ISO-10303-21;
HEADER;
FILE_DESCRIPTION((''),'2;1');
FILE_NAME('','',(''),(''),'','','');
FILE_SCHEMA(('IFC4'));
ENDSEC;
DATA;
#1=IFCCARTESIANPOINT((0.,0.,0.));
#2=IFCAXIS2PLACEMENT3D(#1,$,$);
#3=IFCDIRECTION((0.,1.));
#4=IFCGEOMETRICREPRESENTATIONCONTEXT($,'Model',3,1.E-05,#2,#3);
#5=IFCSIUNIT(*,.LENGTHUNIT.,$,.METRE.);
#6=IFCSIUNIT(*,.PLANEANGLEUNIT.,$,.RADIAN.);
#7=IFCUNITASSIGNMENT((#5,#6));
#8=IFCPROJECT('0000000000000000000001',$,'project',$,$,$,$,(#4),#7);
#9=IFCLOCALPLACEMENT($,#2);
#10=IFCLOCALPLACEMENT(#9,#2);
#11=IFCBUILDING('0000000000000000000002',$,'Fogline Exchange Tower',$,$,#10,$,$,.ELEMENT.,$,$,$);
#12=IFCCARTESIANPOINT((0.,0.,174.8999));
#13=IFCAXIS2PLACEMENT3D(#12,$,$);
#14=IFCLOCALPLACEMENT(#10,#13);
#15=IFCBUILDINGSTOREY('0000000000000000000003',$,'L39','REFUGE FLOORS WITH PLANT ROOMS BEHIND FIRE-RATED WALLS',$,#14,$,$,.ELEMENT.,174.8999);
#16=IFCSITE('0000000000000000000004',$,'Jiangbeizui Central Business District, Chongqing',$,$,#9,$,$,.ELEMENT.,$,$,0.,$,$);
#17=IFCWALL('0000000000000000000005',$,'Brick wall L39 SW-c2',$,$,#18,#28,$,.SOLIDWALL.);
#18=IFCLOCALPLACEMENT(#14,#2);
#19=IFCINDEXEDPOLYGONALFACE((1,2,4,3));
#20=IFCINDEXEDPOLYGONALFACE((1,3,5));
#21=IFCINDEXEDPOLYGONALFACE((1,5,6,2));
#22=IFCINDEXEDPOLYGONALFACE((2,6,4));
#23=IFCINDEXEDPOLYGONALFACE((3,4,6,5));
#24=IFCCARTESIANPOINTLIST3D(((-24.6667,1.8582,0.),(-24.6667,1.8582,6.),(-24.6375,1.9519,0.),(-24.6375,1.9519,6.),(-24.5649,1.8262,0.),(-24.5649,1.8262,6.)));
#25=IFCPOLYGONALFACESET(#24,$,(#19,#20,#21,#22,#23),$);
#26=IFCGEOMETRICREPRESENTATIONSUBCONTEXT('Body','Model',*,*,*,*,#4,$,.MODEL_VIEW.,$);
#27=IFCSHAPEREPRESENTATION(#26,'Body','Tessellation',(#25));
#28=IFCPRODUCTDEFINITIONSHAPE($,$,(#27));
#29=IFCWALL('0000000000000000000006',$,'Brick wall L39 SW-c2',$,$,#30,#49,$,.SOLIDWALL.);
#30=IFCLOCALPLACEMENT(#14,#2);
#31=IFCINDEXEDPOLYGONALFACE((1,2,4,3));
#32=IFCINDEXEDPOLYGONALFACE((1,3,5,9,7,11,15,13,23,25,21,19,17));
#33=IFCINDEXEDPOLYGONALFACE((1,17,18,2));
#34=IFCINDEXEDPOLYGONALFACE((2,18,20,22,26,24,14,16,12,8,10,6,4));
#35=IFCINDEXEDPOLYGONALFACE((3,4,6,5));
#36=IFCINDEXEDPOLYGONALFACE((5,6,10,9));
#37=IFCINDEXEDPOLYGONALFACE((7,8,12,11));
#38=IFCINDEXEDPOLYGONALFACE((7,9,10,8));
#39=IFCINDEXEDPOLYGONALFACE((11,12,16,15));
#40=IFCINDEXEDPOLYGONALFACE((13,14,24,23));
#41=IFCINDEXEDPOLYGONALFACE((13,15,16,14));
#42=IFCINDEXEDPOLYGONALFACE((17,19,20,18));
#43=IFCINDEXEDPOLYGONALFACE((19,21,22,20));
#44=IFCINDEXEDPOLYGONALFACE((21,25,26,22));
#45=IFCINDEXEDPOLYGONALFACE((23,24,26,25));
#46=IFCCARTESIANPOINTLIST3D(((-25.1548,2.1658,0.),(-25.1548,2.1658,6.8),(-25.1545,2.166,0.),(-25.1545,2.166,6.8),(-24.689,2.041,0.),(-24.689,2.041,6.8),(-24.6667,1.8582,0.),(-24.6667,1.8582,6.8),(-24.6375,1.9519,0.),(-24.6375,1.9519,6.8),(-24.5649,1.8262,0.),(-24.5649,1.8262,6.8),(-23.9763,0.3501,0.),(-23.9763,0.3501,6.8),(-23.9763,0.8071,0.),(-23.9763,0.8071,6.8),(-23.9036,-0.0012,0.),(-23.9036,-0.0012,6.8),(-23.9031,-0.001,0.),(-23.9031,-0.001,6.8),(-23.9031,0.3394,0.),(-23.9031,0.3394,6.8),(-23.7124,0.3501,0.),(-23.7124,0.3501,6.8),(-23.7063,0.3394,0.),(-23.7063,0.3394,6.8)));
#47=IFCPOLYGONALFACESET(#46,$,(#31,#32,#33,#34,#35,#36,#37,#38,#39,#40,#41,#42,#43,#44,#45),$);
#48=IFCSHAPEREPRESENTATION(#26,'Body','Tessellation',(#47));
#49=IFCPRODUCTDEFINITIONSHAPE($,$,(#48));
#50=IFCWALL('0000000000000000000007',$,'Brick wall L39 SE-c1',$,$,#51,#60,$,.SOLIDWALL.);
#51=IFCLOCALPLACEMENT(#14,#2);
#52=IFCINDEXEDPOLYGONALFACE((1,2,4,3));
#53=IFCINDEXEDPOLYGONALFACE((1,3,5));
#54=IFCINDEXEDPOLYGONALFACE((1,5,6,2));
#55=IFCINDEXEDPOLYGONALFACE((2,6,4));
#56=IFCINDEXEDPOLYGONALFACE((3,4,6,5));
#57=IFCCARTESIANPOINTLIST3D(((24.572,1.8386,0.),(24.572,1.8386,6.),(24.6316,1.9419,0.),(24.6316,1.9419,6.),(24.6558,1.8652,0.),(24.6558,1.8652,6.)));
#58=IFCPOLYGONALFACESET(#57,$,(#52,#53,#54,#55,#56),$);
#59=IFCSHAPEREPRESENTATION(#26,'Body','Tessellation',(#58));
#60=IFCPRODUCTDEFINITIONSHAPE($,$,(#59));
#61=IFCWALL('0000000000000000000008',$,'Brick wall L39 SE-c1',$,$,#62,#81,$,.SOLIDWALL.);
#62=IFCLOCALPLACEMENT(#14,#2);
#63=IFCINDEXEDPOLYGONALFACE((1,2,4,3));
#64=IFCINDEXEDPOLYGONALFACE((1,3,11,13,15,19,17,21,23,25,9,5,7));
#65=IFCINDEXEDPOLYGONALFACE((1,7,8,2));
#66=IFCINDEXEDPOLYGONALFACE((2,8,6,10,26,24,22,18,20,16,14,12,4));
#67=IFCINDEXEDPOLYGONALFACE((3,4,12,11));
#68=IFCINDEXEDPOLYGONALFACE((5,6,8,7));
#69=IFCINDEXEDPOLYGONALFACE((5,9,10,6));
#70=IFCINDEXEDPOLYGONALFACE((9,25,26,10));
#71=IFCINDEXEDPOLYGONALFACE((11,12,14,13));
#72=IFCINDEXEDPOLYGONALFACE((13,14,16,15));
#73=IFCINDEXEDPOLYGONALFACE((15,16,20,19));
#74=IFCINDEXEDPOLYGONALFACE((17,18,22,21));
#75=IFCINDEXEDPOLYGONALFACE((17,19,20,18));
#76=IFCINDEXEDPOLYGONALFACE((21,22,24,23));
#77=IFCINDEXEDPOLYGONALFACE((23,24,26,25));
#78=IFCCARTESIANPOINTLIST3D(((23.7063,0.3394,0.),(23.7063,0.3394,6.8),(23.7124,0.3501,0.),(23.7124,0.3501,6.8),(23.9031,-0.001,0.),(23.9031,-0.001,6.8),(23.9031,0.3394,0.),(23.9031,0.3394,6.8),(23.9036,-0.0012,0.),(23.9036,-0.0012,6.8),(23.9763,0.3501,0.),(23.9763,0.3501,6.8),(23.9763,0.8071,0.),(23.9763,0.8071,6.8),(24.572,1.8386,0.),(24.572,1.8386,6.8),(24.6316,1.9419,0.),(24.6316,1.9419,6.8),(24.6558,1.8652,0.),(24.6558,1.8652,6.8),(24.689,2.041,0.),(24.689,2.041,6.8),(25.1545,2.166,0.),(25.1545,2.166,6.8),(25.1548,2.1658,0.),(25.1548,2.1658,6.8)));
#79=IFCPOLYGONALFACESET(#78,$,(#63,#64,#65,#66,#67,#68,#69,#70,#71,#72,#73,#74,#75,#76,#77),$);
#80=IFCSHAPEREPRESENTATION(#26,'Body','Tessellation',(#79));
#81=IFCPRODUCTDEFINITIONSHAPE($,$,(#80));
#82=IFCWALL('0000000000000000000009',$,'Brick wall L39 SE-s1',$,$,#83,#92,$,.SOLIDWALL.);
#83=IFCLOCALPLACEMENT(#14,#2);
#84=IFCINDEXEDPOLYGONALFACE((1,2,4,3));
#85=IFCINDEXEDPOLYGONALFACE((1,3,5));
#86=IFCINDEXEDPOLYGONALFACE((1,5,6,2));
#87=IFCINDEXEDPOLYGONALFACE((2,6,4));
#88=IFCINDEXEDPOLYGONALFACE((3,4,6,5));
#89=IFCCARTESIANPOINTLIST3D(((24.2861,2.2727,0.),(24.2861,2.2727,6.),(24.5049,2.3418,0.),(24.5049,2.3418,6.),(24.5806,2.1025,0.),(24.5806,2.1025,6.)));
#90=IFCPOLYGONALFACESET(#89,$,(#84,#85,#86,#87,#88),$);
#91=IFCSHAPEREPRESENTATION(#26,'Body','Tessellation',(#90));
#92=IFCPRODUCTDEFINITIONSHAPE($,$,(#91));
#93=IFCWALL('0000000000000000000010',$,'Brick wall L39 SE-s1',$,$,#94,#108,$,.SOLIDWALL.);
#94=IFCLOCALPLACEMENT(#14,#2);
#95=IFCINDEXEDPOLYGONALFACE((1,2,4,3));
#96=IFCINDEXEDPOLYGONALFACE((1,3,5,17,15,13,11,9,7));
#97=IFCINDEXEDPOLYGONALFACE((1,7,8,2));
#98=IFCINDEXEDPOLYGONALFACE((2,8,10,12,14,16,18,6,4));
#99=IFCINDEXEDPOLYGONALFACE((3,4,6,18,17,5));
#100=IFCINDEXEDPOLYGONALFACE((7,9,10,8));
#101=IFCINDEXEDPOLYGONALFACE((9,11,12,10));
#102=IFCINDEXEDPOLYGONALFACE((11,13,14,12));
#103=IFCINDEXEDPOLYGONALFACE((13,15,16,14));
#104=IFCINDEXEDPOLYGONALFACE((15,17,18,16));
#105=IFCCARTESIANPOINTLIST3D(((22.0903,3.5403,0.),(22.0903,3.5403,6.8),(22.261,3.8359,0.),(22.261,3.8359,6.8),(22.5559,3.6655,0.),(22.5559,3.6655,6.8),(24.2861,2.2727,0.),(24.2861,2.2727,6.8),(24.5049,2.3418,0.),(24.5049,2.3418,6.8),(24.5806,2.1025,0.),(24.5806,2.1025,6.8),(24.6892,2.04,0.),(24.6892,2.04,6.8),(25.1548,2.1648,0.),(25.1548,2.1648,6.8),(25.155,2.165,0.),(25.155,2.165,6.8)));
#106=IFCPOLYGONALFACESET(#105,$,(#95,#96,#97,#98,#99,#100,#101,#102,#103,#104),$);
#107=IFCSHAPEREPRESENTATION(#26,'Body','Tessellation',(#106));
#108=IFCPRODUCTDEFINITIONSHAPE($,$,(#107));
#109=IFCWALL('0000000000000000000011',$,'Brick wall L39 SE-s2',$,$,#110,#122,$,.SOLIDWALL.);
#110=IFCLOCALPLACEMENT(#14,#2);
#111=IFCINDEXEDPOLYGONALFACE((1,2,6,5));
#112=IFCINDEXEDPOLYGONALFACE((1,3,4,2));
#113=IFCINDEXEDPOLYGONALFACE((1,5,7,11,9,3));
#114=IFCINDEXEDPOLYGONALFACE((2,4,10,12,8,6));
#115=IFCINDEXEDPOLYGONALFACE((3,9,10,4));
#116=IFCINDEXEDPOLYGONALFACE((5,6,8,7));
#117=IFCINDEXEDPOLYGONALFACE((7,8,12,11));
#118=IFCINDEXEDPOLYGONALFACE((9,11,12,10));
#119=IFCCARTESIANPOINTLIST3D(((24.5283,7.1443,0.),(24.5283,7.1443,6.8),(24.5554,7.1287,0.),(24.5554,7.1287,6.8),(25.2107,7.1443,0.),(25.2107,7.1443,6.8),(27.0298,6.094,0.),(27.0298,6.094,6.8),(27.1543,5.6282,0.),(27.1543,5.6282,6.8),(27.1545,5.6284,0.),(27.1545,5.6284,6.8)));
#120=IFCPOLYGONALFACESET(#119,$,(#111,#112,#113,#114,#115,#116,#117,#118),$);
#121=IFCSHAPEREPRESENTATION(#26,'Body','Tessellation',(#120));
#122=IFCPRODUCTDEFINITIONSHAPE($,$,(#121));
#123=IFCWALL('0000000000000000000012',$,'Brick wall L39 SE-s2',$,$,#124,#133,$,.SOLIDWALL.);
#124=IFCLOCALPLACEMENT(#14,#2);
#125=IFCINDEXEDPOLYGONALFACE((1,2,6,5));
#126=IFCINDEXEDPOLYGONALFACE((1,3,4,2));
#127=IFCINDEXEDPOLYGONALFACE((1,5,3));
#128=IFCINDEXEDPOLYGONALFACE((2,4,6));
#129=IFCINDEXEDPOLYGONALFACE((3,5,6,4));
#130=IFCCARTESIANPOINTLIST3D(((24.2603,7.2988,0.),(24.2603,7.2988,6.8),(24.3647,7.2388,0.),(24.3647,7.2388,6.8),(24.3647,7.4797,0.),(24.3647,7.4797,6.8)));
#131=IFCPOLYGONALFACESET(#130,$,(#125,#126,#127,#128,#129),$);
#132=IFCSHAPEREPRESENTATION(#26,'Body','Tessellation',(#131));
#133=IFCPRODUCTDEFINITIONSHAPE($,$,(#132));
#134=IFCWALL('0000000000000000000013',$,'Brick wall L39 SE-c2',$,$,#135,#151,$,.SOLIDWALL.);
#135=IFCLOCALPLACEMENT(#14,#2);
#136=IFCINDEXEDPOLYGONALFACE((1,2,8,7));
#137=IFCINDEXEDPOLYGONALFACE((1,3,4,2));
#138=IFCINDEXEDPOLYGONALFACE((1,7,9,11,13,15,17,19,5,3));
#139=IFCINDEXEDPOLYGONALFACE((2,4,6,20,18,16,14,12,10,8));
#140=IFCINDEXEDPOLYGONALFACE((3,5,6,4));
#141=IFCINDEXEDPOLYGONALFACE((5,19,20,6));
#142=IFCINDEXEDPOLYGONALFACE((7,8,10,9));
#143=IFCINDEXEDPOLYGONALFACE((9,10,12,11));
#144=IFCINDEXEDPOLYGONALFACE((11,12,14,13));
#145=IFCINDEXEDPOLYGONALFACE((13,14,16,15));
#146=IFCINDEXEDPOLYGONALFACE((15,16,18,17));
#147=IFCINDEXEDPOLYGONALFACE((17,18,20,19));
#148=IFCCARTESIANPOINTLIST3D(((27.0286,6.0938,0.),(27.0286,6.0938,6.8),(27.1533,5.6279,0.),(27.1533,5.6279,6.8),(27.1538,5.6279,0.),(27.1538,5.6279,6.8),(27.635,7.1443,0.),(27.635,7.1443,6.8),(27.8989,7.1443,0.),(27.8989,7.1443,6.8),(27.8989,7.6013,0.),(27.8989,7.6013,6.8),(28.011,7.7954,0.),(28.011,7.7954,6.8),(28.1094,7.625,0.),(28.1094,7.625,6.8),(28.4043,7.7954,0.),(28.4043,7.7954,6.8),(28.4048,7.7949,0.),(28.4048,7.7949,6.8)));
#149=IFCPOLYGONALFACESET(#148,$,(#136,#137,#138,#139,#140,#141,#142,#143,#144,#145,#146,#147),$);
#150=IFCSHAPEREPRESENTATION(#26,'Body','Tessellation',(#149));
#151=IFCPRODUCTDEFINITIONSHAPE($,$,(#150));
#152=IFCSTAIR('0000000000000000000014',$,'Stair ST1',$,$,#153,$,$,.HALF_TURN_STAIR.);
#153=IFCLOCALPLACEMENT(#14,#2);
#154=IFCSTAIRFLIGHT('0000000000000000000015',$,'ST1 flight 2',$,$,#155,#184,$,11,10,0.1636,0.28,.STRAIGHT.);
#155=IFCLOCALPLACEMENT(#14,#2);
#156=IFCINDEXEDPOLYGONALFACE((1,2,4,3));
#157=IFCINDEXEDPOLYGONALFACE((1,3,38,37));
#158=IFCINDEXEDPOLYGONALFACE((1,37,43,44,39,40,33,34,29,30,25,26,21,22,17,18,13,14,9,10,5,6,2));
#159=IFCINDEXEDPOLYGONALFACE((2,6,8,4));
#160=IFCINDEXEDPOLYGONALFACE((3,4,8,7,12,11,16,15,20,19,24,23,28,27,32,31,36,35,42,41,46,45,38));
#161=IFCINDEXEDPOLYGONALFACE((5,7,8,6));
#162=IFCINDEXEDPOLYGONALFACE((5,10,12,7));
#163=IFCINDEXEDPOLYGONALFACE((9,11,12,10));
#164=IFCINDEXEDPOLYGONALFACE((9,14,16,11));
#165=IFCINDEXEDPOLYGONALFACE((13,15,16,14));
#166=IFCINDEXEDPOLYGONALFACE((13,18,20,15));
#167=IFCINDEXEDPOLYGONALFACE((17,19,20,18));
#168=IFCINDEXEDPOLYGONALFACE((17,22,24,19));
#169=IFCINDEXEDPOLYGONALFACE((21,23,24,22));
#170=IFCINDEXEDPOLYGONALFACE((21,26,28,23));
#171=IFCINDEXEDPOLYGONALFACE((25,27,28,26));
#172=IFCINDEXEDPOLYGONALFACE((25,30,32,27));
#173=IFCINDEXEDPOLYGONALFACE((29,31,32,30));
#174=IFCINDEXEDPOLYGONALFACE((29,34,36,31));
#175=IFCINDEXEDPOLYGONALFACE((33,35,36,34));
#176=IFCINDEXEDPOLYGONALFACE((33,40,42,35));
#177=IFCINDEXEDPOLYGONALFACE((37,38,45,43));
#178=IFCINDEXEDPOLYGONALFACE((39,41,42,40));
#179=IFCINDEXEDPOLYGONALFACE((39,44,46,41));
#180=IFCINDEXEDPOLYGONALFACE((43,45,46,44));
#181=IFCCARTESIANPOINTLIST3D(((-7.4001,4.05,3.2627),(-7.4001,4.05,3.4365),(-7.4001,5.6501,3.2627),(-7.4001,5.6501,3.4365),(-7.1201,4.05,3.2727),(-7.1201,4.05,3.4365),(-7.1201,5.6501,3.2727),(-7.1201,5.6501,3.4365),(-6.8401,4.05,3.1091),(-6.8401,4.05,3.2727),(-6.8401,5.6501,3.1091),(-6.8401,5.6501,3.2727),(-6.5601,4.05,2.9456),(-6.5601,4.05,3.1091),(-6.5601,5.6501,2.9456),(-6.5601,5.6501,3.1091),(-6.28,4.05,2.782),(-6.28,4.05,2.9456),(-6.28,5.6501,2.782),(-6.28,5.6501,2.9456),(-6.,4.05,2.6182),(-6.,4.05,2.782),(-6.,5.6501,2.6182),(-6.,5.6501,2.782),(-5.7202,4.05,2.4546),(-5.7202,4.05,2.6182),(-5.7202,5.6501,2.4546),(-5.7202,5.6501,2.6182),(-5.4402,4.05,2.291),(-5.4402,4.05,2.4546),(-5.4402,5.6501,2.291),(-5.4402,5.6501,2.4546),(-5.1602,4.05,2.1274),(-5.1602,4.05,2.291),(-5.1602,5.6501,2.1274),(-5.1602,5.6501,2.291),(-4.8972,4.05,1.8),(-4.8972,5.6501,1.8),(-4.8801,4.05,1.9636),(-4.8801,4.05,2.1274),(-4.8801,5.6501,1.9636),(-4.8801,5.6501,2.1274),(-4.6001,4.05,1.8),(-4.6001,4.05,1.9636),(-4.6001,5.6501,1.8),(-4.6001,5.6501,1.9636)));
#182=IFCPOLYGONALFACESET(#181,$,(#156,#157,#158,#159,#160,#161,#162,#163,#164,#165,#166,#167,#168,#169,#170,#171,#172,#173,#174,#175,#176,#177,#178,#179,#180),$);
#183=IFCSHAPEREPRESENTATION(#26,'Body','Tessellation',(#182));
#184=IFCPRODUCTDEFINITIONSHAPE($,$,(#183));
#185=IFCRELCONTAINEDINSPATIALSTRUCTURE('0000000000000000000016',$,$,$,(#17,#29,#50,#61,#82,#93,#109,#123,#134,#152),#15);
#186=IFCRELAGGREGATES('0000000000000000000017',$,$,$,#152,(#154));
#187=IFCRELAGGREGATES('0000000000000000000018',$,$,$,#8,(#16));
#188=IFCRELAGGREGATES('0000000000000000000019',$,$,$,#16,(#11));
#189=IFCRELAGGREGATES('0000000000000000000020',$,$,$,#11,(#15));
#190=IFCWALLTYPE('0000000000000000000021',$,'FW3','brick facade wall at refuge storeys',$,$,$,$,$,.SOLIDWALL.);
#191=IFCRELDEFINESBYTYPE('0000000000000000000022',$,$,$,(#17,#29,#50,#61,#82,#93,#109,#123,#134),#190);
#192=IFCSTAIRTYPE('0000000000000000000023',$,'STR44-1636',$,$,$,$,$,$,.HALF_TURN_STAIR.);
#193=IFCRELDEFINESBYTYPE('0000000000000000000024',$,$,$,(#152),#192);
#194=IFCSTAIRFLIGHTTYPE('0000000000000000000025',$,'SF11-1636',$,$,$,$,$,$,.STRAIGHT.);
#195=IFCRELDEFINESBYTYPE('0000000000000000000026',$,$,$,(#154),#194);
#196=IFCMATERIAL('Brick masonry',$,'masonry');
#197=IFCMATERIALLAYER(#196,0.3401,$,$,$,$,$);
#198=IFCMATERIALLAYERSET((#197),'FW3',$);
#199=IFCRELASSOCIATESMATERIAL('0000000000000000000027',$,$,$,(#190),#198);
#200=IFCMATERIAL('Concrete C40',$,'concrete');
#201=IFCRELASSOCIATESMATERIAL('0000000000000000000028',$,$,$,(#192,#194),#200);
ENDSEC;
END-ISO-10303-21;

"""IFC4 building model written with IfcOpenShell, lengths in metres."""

from ifc_helpers import new_model, si_unit, direction, frame, origin, place, context, subcontext, project, spatial, polyline, outline, extrude, material, layer, layer_set, type_object, element, aggregate, save


model = new_model("IFC4")

# Units and contexts
model_context = context("Model", 3, precision=1e-05, world=origin(), true_north=direction((0.0, 1.0)))
body_context = subcontext(model_context, "Body", "Model", "MODEL_VIEW")
ifc_project = project(units=[si_unit("LENGTHUNIT", "METRE"), si_unit("PLANEANGLEUNIT", "RADIAN")], contexts=[model_context])

# Site, building, storey
site_placement = place(None, origin())
site = spatial("IfcSite", under=ifc_project, at=site_placement, Name="Jiangbeizui Central Business District, Chongqing", CompositionType="ELEMENT", RefElevation=0.0)
building_placement = place(site_placement, origin())
building = spatial("IfcBuilding", under=site, at=building_placement, Name="Fogline Exchange Tower", CompositionType="ELEMENT")
storey_placement = place(building_placement, frame((0.0, 0.0, 174.8999)))
storey = spatial("IfcBuildingStorey", under=building, at=storey_placement, Name="L39", Description="REFUGE FLOORS WITH PLANT ROOMS BEHIND FIRE-RATED WALLS", CompositionType="ELEMENT", Elevation=174.8999)

# Shared definitions
ifc_material_1 = material(Name="Concrete C40", Category="concrete")

# Walls
ifc_material_2 = material(Name="Brick masonry", Category="masonry")
ifc_layer_1 = layer(ifc_material_2, 0.3401)
ifc_layer_set_1 = layer_set([ifc_layer_1], Name="FW3")
wall_type_1 = type_object("IfcWallType", Name="FW3", Description="brick facade wall at refuge storeys", PredefinedType="SOLIDWALL", material=ifc_layer_set_1)
wall_1_placement = place(storey_placement, origin())
element("IfcWall", 1, at=wall_1_placement, inside=storey, type_object=wall_type_1, Name="Brick wall L39 SW-c2", PredefinedType="SOLIDWALL", context=body_context, shape_type="SweptSolid", body=[
    extrude(outline(polyline([(-24.5649, 1.8262), (-24.6667, 1.8582), (-24.6375, 1.9519), (-24.5649, 1.8262)])), origin(), (0.0, 0.0, 1.0), 6.0),
])
wall_2_placement = place(storey_placement, origin())
element("IfcWall", 2, at=wall_2_placement, inside=storey, type_object=wall_type_1, Name="Brick wall L39 SW-c2", PredefinedType="SOLIDWALL", context=body_context, shape_type="SweptSolid", body=[
    extrude(outline(polyline([(-23.9763, 0.3501), (-23.7124, 0.3501), (-23.7063, 0.3394), (-23.9031, 0.3394), (-23.9031, -0.001), (-23.9036, -0.0012), (-25.1548, 2.1658), (-25.1545, 2.166), (-24.689, 2.041), (-24.6375, 1.9519), (-24.6667, 1.8582), (-24.5649, 1.8262), (-23.9763, 0.8071), (-23.9763, 0.3501)])), origin(), (0.0, 0.0, 1.0), 6.8),
])
wall_3_placement = place(storey_placement, origin())
element("IfcWall", 3, at=wall_3_placement, inside=storey, type_object=wall_type_1, Name="Brick wall L39 SE-c1", PredefinedType="SOLIDWALL", context=body_context, shape_type="SweptSolid", body=[
    extrude(outline(polyline([(24.6316, 1.9419), (24.6558, 1.8652), (24.572, 1.8386), (24.6316, 1.9419)])), origin(), (0.0, 0.0, 1.0), 6.0),
])
wall_4_placement = place(storey_placement, origin())
element("IfcWall", 4, at=wall_4_placement, inside=storey, type_object=wall_type_1, Name="Brick wall L39 SE-c1", PredefinedType="SOLIDWALL", context=body_context, shape_type="SweptSolid", body=[
    extrude(outline(polyline([(23.9036, -0.0012), (23.9031, -0.001), (23.9031, 0.3394), (23.7063, 0.3394), (23.7124, 0.3501), (23.9763, 0.3501), (23.9763, 0.8071), (24.572, 1.8386), (24.6558, 1.8652), (24.6316, 1.9419), (24.689, 2.041), (25.1545, 2.166), (25.1548, 2.1658), (23.9036, -0.0012)])), origin(), (0.0, 0.0, 1.0), 6.8),
])
wall_5_placement = place(storey_placement, origin())
element("IfcWall", 5, at=wall_5_placement, inside=storey, type_object=wall_type_1, Name="Brick wall L39 SE-s1", PredefinedType="SOLIDWALL", context=body_context, shape_type="SweptSolid", body=[
    extrude(outline(polyline([(24.2861, 2.2727), (24.5049, 2.3418), (24.5806, 2.1025), (24.2861, 2.2727)])), origin(), (0.0, 0.0, 1.0), 6.0),
])
wall_6_placement = place(storey_placement, origin())
element("IfcWall", 6, at=wall_6_placement, inside=storey, type_object=wall_type_1, Name="Brick wall L39 SE-s1", PredefinedType="SOLIDWALL", context=body_context, shape_type="SweptSolid", body=[
    extrude(outline(polyline([(22.261, 3.8359), (22.5559, 3.6655), (25.155, 2.165), (25.1548, 2.1648), (24.6892, 2.04), (24.5806, 2.1025), (24.5049, 2.3418), (24.2861, 2.2727), (22.0903, 3.5403), (22.261, 3.8359)])), origin(), (0.0, 0.0, 1.0), 6.8),
])
wall_7_placement = place(storey_placement, origin())
element("IfcWall", 7, at=wall_7_placement, inside=storey, type_object=wall_type_1, Name="Brick wall L39 SE-s2", PredefinedType="SOLIDWALL", context=body_context, shape_type="SweptSolid", body=[
    extrude(outline(polyline([(27.1543, 5.6282), (24.5554, 7.1287), (24.5283, 7.1443), (25.2107, 7.1443), (27.0298, 6.094), (27.1545, 5.6284), (27.1543, 5.6282)])), origin(), (0.0, 0.0, 1.0), 6.8),
])
wall_8_placement = place(storey_placement, origin())
element("IfcWall", 8, at=wall_8_placement, inside=storey, type_object=wall_type_1, Name="Brick wall L39 SE-s2", PredefinedType="SOLIDWALL", context=body_context, shape_type="SweptSolid", body=[
    extrude(outline(polyline([(24.2603, 7.2988), (24.3647, 7.4797), (24.3647, 7.2388), (24.2603, 7.2988)])), origin(), (0.0, 0.0, 1.0), 6.8),
])
wall_9_placement = place(storey_placement, origin())
element("IfcWall", 9, at=wall_9_placement, inside=storey, type_object=wall_type_1, Name="Brick wall L39 SE-c2", PredefinedType="SOLIDWALL", context=body_context, shape_type="SweptSolid", body=[
    extrude(outline(polyline([(27.635, 7.1443), (27.8989, 7.1443), (27.8989, 7.6013), (28.011, 7.7954), (28.1094, 7.625), (28.4043, 7.7954), (28.4048, 7.7949), (27.1538, 5.6279), (27.1533, 5.6279), (27.0286, 6.0938), (27.635, 7.1443)])), origin(), (0.0, 0.0, 1.0), 6.8),
])

# Stair, stair flight
stair_type = type_object("IfcStairType", Name="STR44-1636", PredefinedType="HALF_TURN_STAIR", material=ifc_material_1)
stair_placement = place(storey_placement, origin())
stair = element("IfcStair", 10, at=stair_placement, inside=storey, type_object=stair_type, Name="Stair ST1", PredefinedType="HALF_TURN_STAIR")
stair_flight_type = type_object("IfcStairFlightType", Name="SF11-1636", PredefinedType="STRAIGHT", material=ifc_material_1)
stair_flight_1_placement = place(storey_placement, frame((-4.6001, 4.8501, 1.8), z_axis=(0.0, 0.0, 1.0), x_axis=(-1.0, 0.0, 0.0)))
stair_flight_1 = element("IfcStairFlight", 11, at=stair_flight_1_placement, type_object=stair_flight_type, Name="ST1 flight 2", NumberOfRisers=11, NumberOfTreads=10, PredefinedType="STRAIGHT", RiserHeight=0.1636, TreadLength=0.28, context=body_context, shape_type="SweptSolid", body=[
    extrude(outline(polyline([(0.0, 0.0), (0.0, 0.1636), (0.28, 0.1636), (0.28, 0.3274), (0.5601, 0.3274), (0.5601, 0.491), (0.8401, 0.491), (0.8401, 0.6545), (1.1201, 0.6545), (1.1201, 0.8181), (1.3999, 0.8181), (1.3999, 0.9819), (1.6799, 0.9819), (1.6799, 1.1455), (1.96, 1.1455), (1.96, 1.3091), (2.24, 1.3091), (2.24, 1.4727), (2.52, 1.4727), (2.52, 1.6365), (2.8, 1.6365), (2.8, 1.8), (2.8, 1.4626), (0.2971, 0.0), (0.0, 0.0)])), frame((0.0, 0.8, 0.0), z_axis=(0.0, -1.0, 0.0), x_axis=(1.0, 0.0, 0.0)), (0.0, 0.0, 1.0), 1.6001),
])
aggregate(stair, [stair_flight_1])

save(model, "model.ifc")
